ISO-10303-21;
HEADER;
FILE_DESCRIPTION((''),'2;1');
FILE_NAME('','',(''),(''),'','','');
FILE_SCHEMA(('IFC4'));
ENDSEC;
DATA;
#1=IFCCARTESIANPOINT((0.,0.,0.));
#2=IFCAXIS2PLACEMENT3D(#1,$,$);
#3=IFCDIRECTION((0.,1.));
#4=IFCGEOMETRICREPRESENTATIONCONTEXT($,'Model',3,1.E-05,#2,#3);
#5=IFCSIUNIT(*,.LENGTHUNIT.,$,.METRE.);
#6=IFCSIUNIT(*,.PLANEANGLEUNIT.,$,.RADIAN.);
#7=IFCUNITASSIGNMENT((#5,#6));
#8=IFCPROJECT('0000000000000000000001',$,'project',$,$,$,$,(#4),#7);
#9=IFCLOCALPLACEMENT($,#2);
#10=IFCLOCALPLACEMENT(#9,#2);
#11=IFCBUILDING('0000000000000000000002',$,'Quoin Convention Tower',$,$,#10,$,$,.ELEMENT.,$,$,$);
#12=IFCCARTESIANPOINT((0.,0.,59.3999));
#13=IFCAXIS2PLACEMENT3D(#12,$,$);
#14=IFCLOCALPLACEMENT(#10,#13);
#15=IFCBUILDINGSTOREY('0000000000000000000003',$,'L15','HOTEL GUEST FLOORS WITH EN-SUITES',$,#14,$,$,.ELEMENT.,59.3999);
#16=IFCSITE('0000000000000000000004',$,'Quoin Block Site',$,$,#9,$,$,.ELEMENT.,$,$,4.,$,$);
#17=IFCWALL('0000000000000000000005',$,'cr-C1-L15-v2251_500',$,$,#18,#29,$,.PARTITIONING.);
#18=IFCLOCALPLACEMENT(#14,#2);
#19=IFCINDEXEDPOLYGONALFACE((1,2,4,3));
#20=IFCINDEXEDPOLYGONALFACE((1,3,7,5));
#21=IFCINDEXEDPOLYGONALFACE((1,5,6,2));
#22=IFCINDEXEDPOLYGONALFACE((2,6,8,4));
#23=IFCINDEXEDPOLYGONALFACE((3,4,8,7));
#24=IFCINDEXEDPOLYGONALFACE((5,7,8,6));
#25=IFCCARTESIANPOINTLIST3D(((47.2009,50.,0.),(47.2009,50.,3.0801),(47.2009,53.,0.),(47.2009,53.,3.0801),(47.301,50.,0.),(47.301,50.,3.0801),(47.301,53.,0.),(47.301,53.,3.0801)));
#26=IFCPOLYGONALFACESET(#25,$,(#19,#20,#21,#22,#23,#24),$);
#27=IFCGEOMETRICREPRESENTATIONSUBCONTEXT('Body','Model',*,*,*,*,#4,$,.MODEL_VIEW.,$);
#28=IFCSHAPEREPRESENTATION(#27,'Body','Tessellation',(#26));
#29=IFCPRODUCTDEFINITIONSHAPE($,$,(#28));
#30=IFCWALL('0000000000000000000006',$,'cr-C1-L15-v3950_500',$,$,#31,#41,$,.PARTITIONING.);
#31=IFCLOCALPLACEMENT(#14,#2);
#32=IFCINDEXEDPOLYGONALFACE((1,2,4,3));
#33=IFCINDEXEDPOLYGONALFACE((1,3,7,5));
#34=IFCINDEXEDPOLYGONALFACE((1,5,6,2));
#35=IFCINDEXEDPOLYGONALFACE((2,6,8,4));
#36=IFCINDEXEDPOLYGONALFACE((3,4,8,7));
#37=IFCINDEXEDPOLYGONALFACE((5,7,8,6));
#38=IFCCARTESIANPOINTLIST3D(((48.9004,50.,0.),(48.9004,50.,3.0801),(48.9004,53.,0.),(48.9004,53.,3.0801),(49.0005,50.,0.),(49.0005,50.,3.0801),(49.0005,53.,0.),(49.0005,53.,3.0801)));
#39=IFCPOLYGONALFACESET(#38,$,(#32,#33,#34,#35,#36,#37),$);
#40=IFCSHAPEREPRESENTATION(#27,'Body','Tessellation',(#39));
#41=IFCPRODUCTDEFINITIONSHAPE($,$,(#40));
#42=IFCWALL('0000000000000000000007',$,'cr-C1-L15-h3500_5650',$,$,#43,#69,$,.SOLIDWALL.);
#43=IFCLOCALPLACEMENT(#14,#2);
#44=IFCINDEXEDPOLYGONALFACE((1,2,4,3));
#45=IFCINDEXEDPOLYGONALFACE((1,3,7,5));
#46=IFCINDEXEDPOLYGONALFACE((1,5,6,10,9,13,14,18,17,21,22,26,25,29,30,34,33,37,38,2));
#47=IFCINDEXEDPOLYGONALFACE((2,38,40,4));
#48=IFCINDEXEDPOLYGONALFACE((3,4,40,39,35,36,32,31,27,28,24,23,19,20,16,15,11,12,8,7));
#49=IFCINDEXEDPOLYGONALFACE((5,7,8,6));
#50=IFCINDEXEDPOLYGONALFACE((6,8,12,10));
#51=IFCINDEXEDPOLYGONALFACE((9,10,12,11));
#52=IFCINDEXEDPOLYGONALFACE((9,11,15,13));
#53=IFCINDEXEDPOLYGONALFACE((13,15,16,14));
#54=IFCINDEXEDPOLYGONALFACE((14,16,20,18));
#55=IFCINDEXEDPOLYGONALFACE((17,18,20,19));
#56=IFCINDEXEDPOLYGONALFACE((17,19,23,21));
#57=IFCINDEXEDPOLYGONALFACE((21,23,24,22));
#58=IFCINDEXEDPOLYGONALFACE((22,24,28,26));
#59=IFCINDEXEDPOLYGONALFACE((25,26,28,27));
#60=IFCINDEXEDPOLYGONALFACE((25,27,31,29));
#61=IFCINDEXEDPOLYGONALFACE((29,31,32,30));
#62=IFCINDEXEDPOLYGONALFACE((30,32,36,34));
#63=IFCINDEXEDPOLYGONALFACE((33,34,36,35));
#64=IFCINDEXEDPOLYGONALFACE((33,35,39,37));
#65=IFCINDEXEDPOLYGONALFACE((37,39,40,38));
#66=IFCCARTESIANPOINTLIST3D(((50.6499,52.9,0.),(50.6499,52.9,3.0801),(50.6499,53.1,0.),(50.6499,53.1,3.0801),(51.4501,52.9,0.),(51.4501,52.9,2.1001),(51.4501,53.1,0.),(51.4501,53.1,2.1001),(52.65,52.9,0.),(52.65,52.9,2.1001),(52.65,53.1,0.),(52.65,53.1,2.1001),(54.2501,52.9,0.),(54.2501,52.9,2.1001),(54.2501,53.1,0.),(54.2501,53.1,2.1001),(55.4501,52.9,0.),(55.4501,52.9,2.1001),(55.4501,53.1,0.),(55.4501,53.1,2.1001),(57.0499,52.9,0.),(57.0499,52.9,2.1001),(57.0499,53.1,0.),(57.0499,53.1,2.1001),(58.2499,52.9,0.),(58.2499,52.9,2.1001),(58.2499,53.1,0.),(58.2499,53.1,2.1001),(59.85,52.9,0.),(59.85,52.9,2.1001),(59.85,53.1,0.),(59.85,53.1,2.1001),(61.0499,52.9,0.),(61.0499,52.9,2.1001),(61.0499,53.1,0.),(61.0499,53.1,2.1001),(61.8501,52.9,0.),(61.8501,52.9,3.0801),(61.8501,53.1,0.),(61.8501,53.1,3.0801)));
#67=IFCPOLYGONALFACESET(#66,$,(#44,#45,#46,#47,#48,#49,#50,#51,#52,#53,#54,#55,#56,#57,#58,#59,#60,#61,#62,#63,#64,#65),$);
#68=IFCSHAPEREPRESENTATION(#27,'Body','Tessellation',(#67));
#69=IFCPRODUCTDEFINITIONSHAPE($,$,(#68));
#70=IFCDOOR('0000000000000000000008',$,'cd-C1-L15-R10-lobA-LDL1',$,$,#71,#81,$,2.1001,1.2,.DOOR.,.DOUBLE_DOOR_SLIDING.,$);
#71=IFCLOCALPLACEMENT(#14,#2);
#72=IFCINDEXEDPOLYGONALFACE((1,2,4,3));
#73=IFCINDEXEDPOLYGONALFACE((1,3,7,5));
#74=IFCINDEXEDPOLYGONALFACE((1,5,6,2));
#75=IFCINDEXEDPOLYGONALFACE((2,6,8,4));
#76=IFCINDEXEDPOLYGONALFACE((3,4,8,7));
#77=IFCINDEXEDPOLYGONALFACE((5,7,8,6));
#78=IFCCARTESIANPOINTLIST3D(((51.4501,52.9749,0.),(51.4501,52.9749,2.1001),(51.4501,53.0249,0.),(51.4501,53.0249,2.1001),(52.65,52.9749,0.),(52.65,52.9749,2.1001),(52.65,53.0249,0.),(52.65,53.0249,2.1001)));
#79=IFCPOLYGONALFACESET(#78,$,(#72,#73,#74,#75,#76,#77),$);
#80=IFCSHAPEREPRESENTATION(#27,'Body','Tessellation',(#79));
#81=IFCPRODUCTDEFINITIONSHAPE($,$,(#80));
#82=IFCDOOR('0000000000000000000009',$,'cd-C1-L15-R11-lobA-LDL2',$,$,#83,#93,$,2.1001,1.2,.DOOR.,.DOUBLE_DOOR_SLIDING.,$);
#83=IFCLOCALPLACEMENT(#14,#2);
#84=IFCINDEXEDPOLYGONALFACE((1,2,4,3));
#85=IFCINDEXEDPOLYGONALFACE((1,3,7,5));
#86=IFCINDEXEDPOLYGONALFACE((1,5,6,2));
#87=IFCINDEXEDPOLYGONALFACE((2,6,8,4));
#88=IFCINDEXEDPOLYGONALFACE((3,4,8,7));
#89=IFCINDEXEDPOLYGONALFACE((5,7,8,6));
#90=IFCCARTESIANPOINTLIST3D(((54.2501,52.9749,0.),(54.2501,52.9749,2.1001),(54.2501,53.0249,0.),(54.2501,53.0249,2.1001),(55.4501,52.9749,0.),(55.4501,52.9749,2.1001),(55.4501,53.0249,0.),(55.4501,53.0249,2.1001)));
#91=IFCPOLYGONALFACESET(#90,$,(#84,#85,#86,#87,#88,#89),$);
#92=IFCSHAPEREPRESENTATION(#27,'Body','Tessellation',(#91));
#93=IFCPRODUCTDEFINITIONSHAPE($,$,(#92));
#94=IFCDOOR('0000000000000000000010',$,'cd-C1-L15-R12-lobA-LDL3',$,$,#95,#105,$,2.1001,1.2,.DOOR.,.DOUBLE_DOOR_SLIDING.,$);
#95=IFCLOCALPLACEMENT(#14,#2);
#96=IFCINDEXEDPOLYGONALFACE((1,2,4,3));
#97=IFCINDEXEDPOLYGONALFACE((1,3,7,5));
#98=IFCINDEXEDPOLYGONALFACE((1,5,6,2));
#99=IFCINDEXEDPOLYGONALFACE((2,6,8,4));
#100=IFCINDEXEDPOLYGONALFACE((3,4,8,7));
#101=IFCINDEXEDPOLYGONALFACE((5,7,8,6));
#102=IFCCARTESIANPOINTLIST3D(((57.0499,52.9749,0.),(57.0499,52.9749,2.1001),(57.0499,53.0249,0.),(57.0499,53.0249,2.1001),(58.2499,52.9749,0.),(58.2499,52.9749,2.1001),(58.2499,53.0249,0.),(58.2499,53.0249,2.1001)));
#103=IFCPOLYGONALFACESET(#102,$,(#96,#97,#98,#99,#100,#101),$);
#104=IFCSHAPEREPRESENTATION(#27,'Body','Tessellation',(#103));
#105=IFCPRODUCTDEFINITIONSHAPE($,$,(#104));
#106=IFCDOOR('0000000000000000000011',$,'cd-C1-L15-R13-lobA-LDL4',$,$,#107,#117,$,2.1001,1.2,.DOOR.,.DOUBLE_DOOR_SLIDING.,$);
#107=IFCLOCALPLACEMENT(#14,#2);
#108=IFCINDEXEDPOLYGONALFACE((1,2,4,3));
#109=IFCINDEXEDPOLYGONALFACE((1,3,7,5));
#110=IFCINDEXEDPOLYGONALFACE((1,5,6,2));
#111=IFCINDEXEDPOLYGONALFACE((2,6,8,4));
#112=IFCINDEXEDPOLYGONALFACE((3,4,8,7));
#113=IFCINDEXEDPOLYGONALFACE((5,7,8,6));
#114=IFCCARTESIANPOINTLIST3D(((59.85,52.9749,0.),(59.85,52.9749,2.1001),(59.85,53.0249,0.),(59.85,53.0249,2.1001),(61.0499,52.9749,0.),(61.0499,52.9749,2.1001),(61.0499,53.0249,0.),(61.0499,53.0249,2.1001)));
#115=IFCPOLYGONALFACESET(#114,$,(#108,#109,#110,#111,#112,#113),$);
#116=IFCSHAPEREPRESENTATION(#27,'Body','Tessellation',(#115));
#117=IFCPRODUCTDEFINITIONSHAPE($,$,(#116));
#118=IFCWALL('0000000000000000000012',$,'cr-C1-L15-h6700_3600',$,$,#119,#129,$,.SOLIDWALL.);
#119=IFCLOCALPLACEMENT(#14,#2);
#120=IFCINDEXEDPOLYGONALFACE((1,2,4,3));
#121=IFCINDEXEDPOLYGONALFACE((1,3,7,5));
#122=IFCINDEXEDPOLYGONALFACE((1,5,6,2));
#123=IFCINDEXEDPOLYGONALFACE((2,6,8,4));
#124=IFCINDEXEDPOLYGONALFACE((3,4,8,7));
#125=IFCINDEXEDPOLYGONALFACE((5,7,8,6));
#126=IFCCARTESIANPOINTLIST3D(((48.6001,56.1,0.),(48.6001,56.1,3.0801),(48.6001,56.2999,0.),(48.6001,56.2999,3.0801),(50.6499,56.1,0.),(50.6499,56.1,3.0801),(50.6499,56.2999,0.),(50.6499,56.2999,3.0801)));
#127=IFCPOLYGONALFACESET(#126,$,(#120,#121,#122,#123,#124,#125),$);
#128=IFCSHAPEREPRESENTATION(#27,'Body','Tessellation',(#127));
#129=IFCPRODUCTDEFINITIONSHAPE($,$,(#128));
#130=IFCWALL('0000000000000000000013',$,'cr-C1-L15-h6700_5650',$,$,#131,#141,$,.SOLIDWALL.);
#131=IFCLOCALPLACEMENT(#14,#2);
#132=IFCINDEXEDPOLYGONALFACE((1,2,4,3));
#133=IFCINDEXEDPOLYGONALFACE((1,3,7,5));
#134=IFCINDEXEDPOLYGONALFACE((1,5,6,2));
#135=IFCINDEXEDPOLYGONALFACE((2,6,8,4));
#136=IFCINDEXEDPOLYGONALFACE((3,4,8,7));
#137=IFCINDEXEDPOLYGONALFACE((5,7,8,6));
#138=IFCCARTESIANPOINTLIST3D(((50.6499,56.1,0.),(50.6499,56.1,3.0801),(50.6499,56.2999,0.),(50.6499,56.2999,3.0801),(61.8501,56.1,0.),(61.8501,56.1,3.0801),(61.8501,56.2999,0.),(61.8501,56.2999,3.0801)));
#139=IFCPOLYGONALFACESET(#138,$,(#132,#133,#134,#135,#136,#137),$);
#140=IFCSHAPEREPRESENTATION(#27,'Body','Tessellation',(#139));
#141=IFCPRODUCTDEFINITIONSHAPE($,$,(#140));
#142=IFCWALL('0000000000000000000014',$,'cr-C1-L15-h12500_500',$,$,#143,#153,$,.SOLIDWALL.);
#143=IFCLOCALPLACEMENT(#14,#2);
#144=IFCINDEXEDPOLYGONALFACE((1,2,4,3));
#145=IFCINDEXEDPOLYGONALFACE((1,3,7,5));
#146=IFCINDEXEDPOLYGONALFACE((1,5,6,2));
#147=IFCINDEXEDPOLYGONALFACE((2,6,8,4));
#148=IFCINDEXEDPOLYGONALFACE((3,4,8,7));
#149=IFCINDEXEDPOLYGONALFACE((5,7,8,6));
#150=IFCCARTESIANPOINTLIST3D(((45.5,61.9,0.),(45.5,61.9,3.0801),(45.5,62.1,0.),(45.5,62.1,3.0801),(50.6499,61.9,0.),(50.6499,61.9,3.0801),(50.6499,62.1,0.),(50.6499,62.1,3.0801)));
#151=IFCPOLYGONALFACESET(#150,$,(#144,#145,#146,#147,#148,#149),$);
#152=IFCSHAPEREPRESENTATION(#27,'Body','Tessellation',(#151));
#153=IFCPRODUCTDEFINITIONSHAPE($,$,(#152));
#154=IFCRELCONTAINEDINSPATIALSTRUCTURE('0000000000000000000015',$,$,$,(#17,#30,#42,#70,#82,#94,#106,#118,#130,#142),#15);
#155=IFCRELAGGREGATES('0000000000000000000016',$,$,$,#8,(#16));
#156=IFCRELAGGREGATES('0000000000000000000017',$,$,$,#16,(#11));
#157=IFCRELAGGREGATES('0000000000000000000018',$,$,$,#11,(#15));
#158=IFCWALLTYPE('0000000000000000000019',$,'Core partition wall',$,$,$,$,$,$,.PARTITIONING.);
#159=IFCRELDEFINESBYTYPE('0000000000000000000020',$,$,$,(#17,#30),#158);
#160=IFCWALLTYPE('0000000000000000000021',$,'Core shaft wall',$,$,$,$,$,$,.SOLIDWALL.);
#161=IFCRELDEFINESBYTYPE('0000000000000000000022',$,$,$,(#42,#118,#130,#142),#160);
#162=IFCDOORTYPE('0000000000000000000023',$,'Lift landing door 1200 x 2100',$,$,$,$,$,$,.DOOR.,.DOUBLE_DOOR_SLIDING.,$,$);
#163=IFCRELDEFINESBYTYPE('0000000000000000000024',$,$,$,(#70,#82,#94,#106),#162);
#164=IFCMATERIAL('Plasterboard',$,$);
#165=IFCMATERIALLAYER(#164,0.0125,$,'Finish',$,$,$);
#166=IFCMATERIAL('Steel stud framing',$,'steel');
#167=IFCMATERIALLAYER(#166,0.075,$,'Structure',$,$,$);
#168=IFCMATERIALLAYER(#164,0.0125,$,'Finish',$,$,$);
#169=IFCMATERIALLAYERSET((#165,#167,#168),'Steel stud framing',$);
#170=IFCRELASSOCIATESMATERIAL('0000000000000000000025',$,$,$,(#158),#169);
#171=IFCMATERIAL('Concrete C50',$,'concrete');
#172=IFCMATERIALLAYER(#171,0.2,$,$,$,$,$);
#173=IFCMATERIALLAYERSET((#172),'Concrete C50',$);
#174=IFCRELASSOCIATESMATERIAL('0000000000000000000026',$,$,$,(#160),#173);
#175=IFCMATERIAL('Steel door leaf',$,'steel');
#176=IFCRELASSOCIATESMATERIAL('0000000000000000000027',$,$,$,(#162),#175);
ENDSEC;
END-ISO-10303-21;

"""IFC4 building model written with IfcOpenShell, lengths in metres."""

from ifc_helpers import new_model, si_unit, direction, frame, frame_2d, origin, place, context, subcontext, project, spatial, rectangle, extrude, material, layer, layer_set, type_object, element, fill, save


model = new_model("IFC4")

# Units and contexts
model_context = context("Model", 3, precision=1e-05, world=origin(), true_north=direction((0.0, 1.0)))
body_context = subcontext(model_context, "Body", "Model", "MODEL_VIEW")
ifc_project = project(units=[si_unit("LENGTHUNIT", "METRE"), si_unit("PLANEANGLEUNIT", "RADIAN")], contexts=[model_context])

# Site, building, storey
site_placement = place(None, origin())
site = spatial("IfcSite", under=ifc_project, at=site_placement, Name="Quoin Block Site", CompositionType="ELEMENT", RefElevation=4.0)
building_placement = place(site_placement, origin())
building = spatial("IfcBuilding", under=site, at=building_placement, Name="Quoin Convention Tower", CompositionType="ELEMENT")
storey_placement = place(building_placement, frame((0.0, 0.0, 59.3999)))
storey = spatial("IfcBuildingStorey", under=building, at=storey_placement, Name="L15", Description="HOTEL GUEST FLOORS WITH EN-SUITES", CompositionType="ELEMENT", Elevation=59.3999)

# Walls
ifc_material_1 = material(Name="Plasterboard")
ifc_layer_1 = layer(ifc_material_1, 0.0125, Name="Finish")
ifc_material_2 = material(Name="Steel stud framing", Category="steel")
ifc_layer_2 = layer(ifc_material_2, 0.075, Name="Structure")
ifc_layer_3 = layer(ifc_material_1, 0.0125, Name="Finish")
ifc_layer_set_1 = layer_set([ifc_layer_1, ifc_layer_2, ifc_layer_3], Name="Steel stud framing")
wall_type_1 = type_object("IfcWallType", Name="Core partition wall", PredefinedType="PARTITIONING", material=ifc_layer_set_1)
for number, where, z_axis, x_axis, name in (
    (1, (47.251, 50.0, 0.0), (0.0, 0.0, 1.0), (0.0, 1.0, 0.0), "cr-C1-L15-v2251_500"),
    (2, (48.9504, 50.0, 0.0), (0.0, 0.0, 1.0), (0.0, 1.0, 0.0), "cr-C1-L15-v3950_500"),
):
    element("IfcWall", number, at=place(storey_placement, frame(where, z_axis=z_axis, x_axis=x_axis)), inside=storey, type_object=wall_type_1, Name=name, PredefinedType="PARTITIONING", context=body_context, shape_type="SweptSolid", body=[
        extrude(rectangle(XDim=3.0, YDim=0.1001, at=frame_2d((1.5, 0.0))), origin(), (0.0, 0.0, 1.0), 3.0801),
    ])

# Wall, openings, doors
ifc_material_3 = material(Name="Concrete C50", Category="concrete")
ifc_layer_4 = layer(ifc_material_3, 0.2)
ifc_layer_set_2 = layer_set([ifc_layer_4], Name="Concrete C50")
wall_type_2 = type_object("IfcWallType", Name="Core shaft wall", PredefinedType="SOLIDWALL", material=ifc_layer_set_2)
wall_1_placement = place(storey_placement, frame((50.6499, 53.0, 0.0), z_axis=(0.0, 0.0, 1.0), x_axis=(1.0, 0.0, 0.0)))
wall_1 = element("IfcWall", 3, at=wall_1_placement, inside=storey, type_object=wall_type_2, Name="cr-C1-L15-h3500_5650", PredefinedType="SOLIDWALL", context=body_context, shape_type="SweptSolid", body=[
    extrude(rectangle(XDim=11.2002, YDim=0.2, at=frame_2d((5.6001, 0.0))), origin(), (0.0, 0.0, 1.0), 3.0801),
])
opening_1_placement = place(wall_1_placement, frame((0.8, 0.0, 0.0)))
opening_1 = element("IfcOpeningElement", 4, at=opening_1_placement, cuts=wall_1, PredefinedType="OPENING", context=body_context, shape_type="SweptSolid", body=[
    extrude(rectangle(XDim=1.2, YDim=2.1001, at=frame_2d((0.6001, 1.05))), frame((0.0, 0.1099, 0.0), z_axis=(0.0, -1.0, 0.0), x_axis=(1.0, 0.0, 0.0)), (0.0, 0.0, 1.0), 0.22),
])
opening_2_placement = place(wall_1_placement, frame((3.6001, 0.0, 0.0)))
opening_2 = element("IfcOpeningElement", 5, at=opening_2_placement, cuts=wall_1, PredefinedType="OPENING", context=body_context, shape_type="SweptSolid", body=[
    extrude(rectangle(XDim=1.2, YDim=2.1001, at=frame_2d((0.6001, 1.05))), frame((0.0, 0.1099, 0.0), z_axis=(0.0, -1.0, 0.0), x_axis=(1.0, 0.0, 0.0)), (0.0, 0.0, 1.0), 0.22),
])
opening_3_placement = place(wall_1_placement, frame((6.3999, 0.0, 0.0)))
opening_3 = element("IfcOpeningElement", 6, at=opening_3_placement, cuts=wall_1, PredefinedType="OPENING", context=body_context, shape_type="SweptSolid", body=[
    extrude(rectangle(XDim=1.2, YDim=2.1001, at=frame_2d((0.6001, 1.05))), frame((0.0, 0.1099, 0.0), z_axis=(0.0, -1.0, 0.0), x_axis=(1.0, 0.0, 0.0)), (0.0, 0.0, 1.0), 0.22),
])
opening_4_placement = place(wall_1_placement, frame((9.2, 0.0, 0.0)))
opening_4 = element("IfcOpeningElement", 7, at=opening_4_placement, cuts=wall_1, PredefinedType="OPENING", context=body_context, shape_type="SweptSolid", body=[
    extrude(rectangle(XDim=1.2, YDim=2.1001, at=frame_2d((0.6001, 1.05))), frame((0.0, 0.1099, 0.0), z_axis=(0.0, -1.0, 0.0), x_axis=(1.0, 0.0, 0.0)), (0.0, 0.0, 1.0), 0.22),
])
ifc_material_4 = material(Name="Steel door leaf", Category="steel")
door_type_1 = type_object("IfcDoorType", Name="Lift landing door 1200 x 2100", OperationType="DOUBLE_DOOR_SLIDING", PredefinedType="DOOR", material=ifc_material_4)
door_1_placement = place(opening_1_placement, origin())
door_1 = element("IfcDoor", 8, at=door_1_placement, inside=storey, type_object=door_type_1, Name="cd-C1-L15-R10-lobA-LDL1", OperationType="DOUBLE_DOOR_SLIDING", OverallHeight=2.1001, OverallWidth=1.2, PredefinedType="DOOR", context=body_context, shape_type="SweptSolid", body=[
    extrude(rectangle(XDim=1.2, YDim=2.1001, at=frame_2d((0.6001, 1.05))), frame((0.0, 0.0249, 0.0), z_axis=(0.0, -1.0, 0.0), x_axis=(1.0, 0.0, 0.0)), (0.0, 0.0, 1.0), 0.05),
])
fill(opening_1, door_1)
door_2_placement = place(opening_2_placement, origin())
door_2 = element("IfcDoor", 9, at=door_2_placement, inside=storey, type_object=door_type_1, Name="cd-C1-L15-R11-lobA-LDL2", OperationType="DOUBLE_DOOR_SLIDING", OverallHeight=2.1001, OverallWidth=1.2, PredefinedType="DOOR", context=body_context, shape_type="SweptSolid", body=[
    extrude(rectangle(XDim=1.2, YDim=2.1001, at=frame_2d((0.6001, 1.05))), frame((0.0, 0.0249, 0.0), z_axis=(0.0, -1.0, 0.0), x_axis=(1.0, 0.0, 0.0)), (0.0, 0.0, 1.0), 0.05),
])
fill(opening_2, door_2)
door_3_placement = place(opening_3_placement, origin())
door_3 = element("IfcDoor", 10, at=door_3_placement, inside=storey, type_object=door_type_1, Name="cd-C1-L15-R12-lobA-LDL3", OperationType="DOUBLE_DOOR_SLIDING", OverallHeight=2.1001, OverallWidth=1.2, PredefinedType="DOOR", context=body_context, shape_type="SweptSolid", body=[
    extrude(rectangle(XDim=1.2, YDim=2.1001, at=frame_2d((0.6001, 1.05))), frame((0.0, 0.0249, 0.0), z_axis=(0.0, -1.0, 0.0), x_axis=(1.0, 0.0, 0.0)), (0.0, 0.0, 1.0), 0.05),
])
fill(opening_3, door_3)
door_4_placement = place(opening_4_placement, origin())
door_4 = element("IfcDoor", 11, at=door_4_placement, inside=storey, type_object=door_type_1, Name="cd-C1-L15-R13-lobA-LDL4", OperationType="DOUBLE_DOOR_SLIDING", OverallHeight=2.1001, OverallWidth=1.2, PredefinedType="DOOR", context=body_context, shape_type="SweptSolid", body=[
    extrude(rectangle(XDim=1.2, YDim=2.1001, at=frame_2d((0.6001, 1.05))), frame((0.0, 0.0249, 0.0), z_axis=(0.0, -1.0, 0.0), x_axis=(1.0, 0.0, 0.0)), (0.0, 0.0, 1.0), 0.05),
])
fill(opening_4, door_4)

# Walls
wall_2_placement = place(storey_placement, frame((48.6001, 56.2, 0.0), z_axis=(0.0, 0.0, 1.0), x_axis=(1.0, 0.0, 0.0)))
element("IfcWall", 12, at=wall_2_placement, inside=storey, type_object=wall_type_2, Name="cr-C1-L15-h6700_3600", PredefinedType="SOLIDWALL", context=body_context, shape_type="SweptSolid", body=[
    extrude(rectangle(XDim=2.0498, YDim=0.2, at=frame_2d((1.0249, 0.0))), origin(), (0.0, 0.0, 1.0), 3.0801),
])
wall_3_placement = place(storey_placement, frame((50.6499, 56.2, 0.0), z_axis=(0.0, 0.0, 1.0), x_axis=(1.0, 0.0, 0.0)))
element("IfcWall", 13, at=wall_3_placement, inside=storey, type_object=wall_type_2, Name="cr-C1-L15-h6700_5650", PredefinedType="SOLIDWALL", context=body_context, shape_type="SweptSolid", body=[
    extrude(rectangle(XDim=11.2002, YDim=0.2, at=frame_2d((5.6001, 0.0))), origin(), (0.0, 0.0, 1.0), 3.0801),
])
wall_4_placement = place(storey_placement, frame((45.5, 62.0, 0.0), z_axis=(0.0, 0.0, 1.0), x_axis=(1.0, 0.0, 0.0)))
element("IfcWall", 14, at=wall_4_placement, inside=storey, type_object=wall_type_2, Name="cr-C1-L15-h12500_500", PredefinedType="SOLIDWALL", context=body_context, shape_type="SweptSolid", body=[
    extrude(rectangle(XDim=5.1499, YDim=0.2, at=frame_2d((2.575, 0.0))), origin(), (0.0, 0.0, 1.0), 3.0801),
])

save(model, "model.ifc")
